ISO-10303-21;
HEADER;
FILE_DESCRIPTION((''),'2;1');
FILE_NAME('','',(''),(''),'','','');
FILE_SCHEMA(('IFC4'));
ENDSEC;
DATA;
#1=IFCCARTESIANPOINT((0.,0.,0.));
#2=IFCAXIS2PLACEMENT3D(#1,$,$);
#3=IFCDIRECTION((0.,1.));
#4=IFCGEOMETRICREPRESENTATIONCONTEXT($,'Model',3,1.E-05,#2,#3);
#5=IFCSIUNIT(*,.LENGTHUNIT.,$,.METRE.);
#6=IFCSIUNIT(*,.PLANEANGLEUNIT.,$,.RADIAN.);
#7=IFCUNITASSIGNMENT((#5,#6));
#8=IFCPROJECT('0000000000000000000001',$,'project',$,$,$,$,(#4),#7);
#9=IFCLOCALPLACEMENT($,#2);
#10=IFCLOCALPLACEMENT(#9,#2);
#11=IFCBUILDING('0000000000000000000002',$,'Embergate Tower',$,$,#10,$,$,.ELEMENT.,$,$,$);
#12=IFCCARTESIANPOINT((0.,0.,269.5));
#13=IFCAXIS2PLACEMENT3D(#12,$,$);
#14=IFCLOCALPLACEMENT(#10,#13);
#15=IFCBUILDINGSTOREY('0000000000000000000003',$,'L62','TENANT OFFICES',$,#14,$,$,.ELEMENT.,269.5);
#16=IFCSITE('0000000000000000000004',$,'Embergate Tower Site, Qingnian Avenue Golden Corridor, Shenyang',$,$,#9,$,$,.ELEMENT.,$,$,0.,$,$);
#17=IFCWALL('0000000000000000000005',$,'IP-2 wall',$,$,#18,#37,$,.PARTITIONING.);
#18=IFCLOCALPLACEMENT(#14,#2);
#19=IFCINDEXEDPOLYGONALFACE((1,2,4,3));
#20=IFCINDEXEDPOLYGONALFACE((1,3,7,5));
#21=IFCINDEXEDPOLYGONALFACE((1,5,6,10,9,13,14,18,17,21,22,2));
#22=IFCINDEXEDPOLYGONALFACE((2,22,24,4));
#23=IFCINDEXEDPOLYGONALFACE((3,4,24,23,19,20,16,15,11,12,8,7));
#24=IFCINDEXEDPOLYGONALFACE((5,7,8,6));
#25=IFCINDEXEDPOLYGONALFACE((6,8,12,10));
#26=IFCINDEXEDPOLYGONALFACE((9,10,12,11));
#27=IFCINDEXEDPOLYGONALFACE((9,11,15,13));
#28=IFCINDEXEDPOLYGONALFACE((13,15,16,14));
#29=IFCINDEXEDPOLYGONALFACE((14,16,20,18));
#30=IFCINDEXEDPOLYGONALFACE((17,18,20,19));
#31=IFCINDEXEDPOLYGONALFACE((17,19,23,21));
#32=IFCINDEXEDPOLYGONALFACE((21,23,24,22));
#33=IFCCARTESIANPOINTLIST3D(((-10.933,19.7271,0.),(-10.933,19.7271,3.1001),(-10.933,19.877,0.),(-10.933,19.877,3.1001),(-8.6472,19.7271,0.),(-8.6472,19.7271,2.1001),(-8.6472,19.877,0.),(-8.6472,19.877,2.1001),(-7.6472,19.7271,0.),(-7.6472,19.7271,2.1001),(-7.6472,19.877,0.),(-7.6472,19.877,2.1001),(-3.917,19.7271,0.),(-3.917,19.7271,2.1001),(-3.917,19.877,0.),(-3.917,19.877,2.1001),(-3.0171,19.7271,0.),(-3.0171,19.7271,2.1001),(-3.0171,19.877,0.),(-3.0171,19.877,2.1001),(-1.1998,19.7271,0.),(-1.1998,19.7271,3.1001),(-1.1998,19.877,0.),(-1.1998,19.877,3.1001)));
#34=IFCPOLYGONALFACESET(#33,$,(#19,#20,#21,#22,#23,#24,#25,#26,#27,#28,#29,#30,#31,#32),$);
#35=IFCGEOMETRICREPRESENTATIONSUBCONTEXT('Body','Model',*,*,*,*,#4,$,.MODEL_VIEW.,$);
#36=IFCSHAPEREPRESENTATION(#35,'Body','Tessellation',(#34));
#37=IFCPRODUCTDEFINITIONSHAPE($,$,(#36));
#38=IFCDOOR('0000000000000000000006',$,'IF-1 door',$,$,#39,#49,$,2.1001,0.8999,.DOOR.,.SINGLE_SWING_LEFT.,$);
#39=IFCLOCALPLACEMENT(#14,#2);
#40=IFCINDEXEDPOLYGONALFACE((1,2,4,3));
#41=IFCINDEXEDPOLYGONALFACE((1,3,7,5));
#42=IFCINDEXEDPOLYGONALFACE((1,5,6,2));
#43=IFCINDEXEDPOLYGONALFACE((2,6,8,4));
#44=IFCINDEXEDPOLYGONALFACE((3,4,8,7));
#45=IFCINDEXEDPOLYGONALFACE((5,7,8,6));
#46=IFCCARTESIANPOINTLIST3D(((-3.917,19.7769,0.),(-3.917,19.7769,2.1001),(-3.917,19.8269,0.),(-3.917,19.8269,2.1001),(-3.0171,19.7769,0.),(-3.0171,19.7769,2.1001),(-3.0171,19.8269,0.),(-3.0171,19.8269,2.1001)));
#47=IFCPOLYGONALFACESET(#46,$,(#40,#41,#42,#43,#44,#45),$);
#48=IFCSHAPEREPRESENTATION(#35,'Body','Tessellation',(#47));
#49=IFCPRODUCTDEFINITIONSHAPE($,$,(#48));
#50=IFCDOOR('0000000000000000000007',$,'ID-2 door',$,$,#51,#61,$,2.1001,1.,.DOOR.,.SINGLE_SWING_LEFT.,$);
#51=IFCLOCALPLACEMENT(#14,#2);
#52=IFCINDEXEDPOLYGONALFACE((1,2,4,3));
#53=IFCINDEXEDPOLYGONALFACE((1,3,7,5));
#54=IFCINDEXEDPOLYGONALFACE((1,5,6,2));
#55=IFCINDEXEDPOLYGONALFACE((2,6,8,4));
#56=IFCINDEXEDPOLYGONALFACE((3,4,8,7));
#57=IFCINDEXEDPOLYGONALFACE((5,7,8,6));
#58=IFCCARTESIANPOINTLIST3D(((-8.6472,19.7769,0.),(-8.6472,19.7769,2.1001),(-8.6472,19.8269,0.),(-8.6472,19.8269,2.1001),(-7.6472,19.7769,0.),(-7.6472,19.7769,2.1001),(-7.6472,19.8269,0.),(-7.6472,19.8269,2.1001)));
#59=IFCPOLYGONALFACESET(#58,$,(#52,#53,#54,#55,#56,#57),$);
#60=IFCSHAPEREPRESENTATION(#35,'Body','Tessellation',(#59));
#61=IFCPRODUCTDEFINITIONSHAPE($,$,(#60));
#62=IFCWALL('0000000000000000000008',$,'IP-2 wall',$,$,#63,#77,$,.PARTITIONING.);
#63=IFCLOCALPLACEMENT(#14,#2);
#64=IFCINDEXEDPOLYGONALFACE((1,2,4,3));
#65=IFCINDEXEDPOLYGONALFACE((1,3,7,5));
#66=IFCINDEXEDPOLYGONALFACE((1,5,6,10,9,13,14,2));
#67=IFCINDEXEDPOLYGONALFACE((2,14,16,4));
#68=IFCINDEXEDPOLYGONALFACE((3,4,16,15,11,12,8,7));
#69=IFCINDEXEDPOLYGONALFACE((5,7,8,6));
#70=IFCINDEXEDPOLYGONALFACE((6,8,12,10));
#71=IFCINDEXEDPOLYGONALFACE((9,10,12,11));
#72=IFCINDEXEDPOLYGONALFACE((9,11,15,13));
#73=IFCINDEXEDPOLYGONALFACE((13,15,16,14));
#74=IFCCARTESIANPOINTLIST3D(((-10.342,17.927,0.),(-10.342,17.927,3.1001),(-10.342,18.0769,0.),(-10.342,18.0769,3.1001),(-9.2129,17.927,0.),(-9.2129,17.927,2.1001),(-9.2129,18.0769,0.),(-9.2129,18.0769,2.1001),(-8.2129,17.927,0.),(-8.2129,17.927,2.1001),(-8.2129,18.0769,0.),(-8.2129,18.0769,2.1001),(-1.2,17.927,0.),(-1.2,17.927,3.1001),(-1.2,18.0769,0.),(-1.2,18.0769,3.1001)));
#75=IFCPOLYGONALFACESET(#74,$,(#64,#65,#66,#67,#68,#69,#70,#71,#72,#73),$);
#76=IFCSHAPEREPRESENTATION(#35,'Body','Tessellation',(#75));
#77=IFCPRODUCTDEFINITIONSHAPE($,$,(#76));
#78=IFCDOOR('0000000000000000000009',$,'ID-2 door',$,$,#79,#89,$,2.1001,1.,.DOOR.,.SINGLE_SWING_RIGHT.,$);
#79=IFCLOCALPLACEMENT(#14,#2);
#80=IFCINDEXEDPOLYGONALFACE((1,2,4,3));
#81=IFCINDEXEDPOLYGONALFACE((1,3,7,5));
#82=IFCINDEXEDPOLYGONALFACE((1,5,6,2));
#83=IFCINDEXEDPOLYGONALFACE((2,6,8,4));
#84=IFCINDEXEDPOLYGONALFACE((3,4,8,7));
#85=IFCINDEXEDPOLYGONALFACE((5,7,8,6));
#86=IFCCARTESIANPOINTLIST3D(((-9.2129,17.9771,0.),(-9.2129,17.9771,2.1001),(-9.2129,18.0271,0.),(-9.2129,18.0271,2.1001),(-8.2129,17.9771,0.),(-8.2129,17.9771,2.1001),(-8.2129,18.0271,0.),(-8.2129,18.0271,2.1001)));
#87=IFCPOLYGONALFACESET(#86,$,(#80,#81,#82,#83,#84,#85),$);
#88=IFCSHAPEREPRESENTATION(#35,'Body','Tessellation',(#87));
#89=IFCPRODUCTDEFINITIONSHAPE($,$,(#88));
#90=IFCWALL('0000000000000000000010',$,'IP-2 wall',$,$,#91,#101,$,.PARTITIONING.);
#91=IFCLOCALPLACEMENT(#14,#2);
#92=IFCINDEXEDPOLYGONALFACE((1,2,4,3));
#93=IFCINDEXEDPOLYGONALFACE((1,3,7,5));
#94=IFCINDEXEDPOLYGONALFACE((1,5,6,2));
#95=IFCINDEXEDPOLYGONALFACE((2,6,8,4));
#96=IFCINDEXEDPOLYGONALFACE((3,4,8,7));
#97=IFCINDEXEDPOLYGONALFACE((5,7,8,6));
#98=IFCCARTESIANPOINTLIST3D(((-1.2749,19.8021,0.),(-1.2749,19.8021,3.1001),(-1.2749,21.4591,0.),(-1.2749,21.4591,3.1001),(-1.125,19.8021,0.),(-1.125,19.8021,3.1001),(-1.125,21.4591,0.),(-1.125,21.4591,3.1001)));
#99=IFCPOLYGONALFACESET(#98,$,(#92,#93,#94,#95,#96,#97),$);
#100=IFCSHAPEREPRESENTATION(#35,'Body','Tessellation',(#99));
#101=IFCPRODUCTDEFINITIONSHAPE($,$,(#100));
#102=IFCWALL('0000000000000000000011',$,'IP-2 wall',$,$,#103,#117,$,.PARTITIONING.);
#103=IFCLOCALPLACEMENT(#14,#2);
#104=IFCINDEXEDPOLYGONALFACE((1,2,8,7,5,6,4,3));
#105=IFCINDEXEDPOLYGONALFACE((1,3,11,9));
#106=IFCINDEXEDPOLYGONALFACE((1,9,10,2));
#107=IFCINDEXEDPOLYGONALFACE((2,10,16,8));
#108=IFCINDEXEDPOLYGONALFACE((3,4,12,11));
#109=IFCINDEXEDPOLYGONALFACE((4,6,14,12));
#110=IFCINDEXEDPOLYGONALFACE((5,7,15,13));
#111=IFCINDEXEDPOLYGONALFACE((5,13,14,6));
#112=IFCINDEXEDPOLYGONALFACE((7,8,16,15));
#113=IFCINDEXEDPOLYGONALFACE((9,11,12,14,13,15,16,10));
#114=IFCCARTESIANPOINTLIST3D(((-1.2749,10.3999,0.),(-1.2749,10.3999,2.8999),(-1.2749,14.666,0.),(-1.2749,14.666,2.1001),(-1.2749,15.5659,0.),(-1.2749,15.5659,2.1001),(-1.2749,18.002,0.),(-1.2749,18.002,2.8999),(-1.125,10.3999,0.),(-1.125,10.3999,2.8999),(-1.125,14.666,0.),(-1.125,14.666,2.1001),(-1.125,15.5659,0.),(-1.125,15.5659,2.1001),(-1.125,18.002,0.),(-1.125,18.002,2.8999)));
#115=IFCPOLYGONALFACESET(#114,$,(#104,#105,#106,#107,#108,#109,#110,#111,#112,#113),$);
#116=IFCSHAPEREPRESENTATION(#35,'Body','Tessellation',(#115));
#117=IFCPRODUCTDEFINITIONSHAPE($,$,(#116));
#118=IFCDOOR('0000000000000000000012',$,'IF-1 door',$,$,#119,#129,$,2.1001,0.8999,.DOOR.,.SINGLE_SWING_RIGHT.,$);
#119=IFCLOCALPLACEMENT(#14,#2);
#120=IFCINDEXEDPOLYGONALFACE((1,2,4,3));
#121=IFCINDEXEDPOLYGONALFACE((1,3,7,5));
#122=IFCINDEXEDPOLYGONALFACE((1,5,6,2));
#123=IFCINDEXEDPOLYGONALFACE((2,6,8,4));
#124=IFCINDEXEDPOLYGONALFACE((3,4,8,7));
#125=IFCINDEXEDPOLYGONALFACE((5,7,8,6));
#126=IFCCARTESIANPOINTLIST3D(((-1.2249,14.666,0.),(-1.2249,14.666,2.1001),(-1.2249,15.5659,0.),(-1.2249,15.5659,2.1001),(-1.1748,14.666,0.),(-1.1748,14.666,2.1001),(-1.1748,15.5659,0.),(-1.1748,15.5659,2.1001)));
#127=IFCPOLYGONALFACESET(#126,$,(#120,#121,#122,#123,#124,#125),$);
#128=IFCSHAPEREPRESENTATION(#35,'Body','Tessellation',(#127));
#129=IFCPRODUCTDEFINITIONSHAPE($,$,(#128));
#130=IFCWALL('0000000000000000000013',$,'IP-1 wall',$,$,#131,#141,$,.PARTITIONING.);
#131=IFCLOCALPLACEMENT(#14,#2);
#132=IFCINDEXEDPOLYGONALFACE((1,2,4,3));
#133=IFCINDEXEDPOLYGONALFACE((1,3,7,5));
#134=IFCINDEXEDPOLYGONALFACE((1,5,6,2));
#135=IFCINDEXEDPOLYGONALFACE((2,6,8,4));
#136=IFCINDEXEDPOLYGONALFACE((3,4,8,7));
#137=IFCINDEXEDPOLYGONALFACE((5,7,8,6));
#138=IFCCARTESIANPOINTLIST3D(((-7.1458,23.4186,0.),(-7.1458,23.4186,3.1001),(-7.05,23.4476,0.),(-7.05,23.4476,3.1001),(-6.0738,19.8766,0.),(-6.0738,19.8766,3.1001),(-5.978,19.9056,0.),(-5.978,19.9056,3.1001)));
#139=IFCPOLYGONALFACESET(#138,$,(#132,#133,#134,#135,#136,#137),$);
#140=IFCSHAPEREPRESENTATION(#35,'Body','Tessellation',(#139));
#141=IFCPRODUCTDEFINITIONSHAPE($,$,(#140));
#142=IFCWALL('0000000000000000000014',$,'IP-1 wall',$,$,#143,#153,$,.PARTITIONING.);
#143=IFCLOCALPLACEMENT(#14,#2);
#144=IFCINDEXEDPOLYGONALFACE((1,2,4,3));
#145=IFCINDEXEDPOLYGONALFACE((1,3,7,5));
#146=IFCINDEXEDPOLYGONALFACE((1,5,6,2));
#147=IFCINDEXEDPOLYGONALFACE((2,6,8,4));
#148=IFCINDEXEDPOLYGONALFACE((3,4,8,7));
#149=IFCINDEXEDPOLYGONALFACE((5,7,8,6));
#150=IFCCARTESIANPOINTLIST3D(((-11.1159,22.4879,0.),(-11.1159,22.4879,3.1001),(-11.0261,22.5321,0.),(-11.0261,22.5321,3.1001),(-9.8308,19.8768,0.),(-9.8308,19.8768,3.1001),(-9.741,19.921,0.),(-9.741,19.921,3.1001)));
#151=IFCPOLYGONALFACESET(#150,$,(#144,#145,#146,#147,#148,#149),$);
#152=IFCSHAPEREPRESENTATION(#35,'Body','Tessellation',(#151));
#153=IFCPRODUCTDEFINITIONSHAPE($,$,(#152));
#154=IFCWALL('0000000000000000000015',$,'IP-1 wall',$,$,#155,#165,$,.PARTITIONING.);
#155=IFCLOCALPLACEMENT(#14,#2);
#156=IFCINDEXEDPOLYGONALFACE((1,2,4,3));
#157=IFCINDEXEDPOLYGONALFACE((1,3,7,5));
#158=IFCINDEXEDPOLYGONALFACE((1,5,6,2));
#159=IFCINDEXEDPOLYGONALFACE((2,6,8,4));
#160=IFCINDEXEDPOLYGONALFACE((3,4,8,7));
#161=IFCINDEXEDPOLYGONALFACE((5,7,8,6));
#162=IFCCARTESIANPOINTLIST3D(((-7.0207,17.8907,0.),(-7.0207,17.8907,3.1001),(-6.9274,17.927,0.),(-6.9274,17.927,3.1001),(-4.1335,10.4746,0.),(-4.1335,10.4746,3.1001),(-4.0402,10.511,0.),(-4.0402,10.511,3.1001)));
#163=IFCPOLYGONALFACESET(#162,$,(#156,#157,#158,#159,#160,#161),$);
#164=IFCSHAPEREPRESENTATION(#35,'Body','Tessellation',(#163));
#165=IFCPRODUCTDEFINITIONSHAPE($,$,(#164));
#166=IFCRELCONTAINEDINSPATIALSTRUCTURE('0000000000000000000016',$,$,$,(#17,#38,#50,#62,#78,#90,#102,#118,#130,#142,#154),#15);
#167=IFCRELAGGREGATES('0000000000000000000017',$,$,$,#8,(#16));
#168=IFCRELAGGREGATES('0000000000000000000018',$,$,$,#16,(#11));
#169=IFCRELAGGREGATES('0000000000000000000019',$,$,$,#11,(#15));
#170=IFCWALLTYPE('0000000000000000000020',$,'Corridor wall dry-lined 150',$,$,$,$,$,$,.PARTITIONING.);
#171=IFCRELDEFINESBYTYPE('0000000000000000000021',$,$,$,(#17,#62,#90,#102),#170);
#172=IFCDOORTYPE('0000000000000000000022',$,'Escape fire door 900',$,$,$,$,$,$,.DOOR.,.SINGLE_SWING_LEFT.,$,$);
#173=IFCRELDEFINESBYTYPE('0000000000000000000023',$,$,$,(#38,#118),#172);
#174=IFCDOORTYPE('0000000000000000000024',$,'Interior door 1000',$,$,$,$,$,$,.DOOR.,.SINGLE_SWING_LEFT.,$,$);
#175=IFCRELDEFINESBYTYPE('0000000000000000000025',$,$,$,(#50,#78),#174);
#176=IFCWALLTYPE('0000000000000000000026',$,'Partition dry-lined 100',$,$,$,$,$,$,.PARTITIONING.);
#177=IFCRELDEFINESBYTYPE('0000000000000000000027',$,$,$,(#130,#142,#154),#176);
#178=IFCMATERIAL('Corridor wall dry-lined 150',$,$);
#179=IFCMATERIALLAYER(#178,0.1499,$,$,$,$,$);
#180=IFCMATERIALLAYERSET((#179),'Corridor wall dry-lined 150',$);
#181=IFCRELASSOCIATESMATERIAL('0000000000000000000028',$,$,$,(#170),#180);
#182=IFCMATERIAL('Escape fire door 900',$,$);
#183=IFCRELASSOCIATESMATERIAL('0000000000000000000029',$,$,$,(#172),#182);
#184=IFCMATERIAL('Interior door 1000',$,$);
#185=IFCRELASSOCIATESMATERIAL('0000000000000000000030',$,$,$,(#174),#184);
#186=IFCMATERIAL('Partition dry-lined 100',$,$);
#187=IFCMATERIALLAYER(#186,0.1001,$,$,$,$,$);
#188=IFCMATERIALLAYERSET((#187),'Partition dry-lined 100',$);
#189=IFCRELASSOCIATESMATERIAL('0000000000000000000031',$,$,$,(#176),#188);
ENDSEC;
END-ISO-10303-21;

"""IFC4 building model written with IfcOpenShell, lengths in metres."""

from ifc_helpers import new_model, si_unit, direction, frame, frame_2d, origin, place, context, subcontext, project, spatial, rectangle, extrude, source, transform, mapped, material, layer, layer_set, type_object, element, fill, save


model = new_model("IFC4")

# Units and contexts
model_context = context("Model", 3, precision=1e-05, world=origin(), true_north=direction((0.0, 1.0)))
body_context = subcontext(model_context, "Body", "Model", "MODEL_VIEW")
ifc_project = project(units=[si_unit("LENGTHUNIT", "METRE"), si_unit("PLANEANGLEUNIT", "RADIAN")], contexts=[model_context])

# Site, building, storey
site_placement = place(None, origin())
site = spatial("IfcSite", under=ifc_project, at=site_placement, Name="Embergate Tower Site, Qingnian Avenue Golden Corridor, Shenyang", CompositionType="ELEMENT", RefElevation=0.0)
building_placement = place(site_placement, origin())
building = spatial("IfcBuilding", under=site, at=building_placement, Name="Embergate Tower", CompositionType="ELEMENT")
storey_placement = place(building_placement, frame((0.0, 0.0, 269.5)))
storey = spatial("IfcBuildingStorey", under=building, at=storey_placement, Name="L62", Description="TENANT OFFICES", CompositionType="ELEMENT", Elevation=269.5)

# Shared definitions
ifc_material_1 = material(Name="Corridor wall dry-lined 150")
ifc_layer_1 = layer(ifc_material_1, 0.1499)
ifc_layer_set_1 = layer_set([ifc_layer_1], Name="Corridor wall dry-lined 150")
wall_type_1 = type_object("IfcWallType", Name="Corridor wall dry-lined 150", PredefinedType="PARTITIONING", material=ifc_layer_set_1)

# Wall, openings, doors
shared_shape_1 = source(origin(), body_context, "Body", "SweptSolid", [
    extrude(rectangle(XDim=0.8999, YDim=2.1001, at=frame_2d((0.45, 1.05))), frame((0.0, 0.085, 0.0), z_axis=(0.0, -1.0, 0.0), x_axis=(1.0, 0.0, 0.0)), (0.0, 0.0, 1.0), 0.1699),
])
shared_shape_2 = source(origin(), body_context, "Body", "SweptSolid", [
    extrude(rectangle(XDim=1.0, YDim=2.1001, at=frame_2d((0.5, 1.05))), frame((0.0, 0.085, 0.0), z_axis=(0.0, -1.0, 0.0), x_axis=(1.0, 0.0, 0.0)), (0.0, 0.0, 1.0), 0.1699),
])
ifc_material_2 = material(Name="Escape fire door 900")
door_type_1 = type_object("IfcDoorType", Name="Escape fire door 900", OperationType="SINGLE_SWING_LEFT", PredefinedType="DOOR", material=ifc_material_2)
shared_shape_3 = source(origin(), body_context, "Body", "SweptSolid", [
    extrude(rectangle(XDim=0.8999, YDim=2.1001, at=frame_2d((0.45, 1.05))), frame((0.0, 0.0249, 0.0), z_axis=(0.0, -1.0, 0.0), x_axis=(1.0, 0.0, 0.0)), (0.0, 0.0, 1.0), 0.05),
])
ifc_material_3 = material(Name="Interior door 1000")
door_type_2 = type_object("IfcDoorType", Name="Interior door 1000", OperationType="SINGLE_SWING_LEFT", PredefinedType="DOOR", material=ifc_material_3)
shared_shape_4 = source(origin(), body_context, "Body", "SweptSolid", [
    extrude(rectangle(XDim=1.0, YDim=2.1001, at=frame_2d((0.5, 1.05))), frame((0.0, 0.0249, 0.0), z_axis=(0.0, -1.0, 0.0), x_axis=(1.0, 0.0, 0.0)), (0.0, 0.0, 1.0), 0.05),
])
shared_shape_5 = source(origin(), body_context, "Body", "SweptSolid", [
    extrude(rectangle(XDim=9.7332, YDim=0.1499, at=frame_2d((4.8667, 0.0))), origin(), (0.0, 0.0, 1.0), 3.1001),
])
wall_1_placement = place(storey_placement, frame((-10.9331, 19.802, 0.0), z_axis=(0.0, 0.0, 1.0), x_axis=(1.0, 0.0, 0.0)))
wall_1 = element("IfcWall", 1, at=wall_1_placement, inside=storey, type_object=wall_type_1, Name="IP-2 wall", PredefinedType="PARTITIONING", context=body_context, shape_type="MappedRepresentation", body=[
    mapped(shared_shape_5, transform((0.0, 0.0, 0.0))),
])
opening_1_placement = place(wall_1_placement, frame((7.0161, 0.0, 0.0)))
opening_1 = element("IfcOpeningElement", 2, at=opening_1_placement, cuts=wall_1, PredefinedType="OPENING", context=body_context, shape_type="MappedRepresentation", body=[
    mapped(shared_shape_1, transform((0.0, 0.0, 0.0))),
])
opening_2_placement = place(wall_1_placement, frame((2.2859, 0.0, 0.0)))
opening_2 = element("IfcOpeningElement", 3, at=opening_2_placement, cuts=wall_1, PredefinedType="OPENING", context=body_context, shape_type="MappedRepresentation", body=[
    mapped(shared_shape_2, transform((0.0, 0.0, 0.0))),
])
door_1_placement = place(opening_1_placement, origin())
door_1 = element("IfcDoor", 4, at=door_1_placement, inside=storey, type_object=door_type_1, Name="IF-1 door", OperationType="SINGLE_SWING_LEFT", OverallHeight=2.1001, OverallWidth=0.8999, PredefinedType="DOOR", context=body_context, shape_type="MappedRepresentation", body=[
    mapped(shared_shape_3, transform((0.0, 0.0, 0.0))),
])
fill(opening_1, door_1)
door_2_placement = place(opening_2_placement, origin())
door_2 = element("IfcDoor", 5, at=door_2_placement, inside=storey, type_object=door_type_2, Name="ID-2 door", OperationType="SINGLE_SWING_LEFT", OverallHeight=2.1001, OverallWidth=1.0, PredefinedType="DOOR", context=body_context, shape_type="MappedRepresentation", body=[
    mapped(shared_shape_4, transform((0.0, 0.0, 0.0))),
])
fill(opening_2, door_2)

# Wall, opening, door
shared_shape_6 = source(origin(), body_context, "Body", "SweptSolid", [
    extrude(rectangle(XDim=9.1421, YDim=0.1499, at=frame_2d((4.571, 0.0))), origin(), (0.0, 0.0, 1.0), 3.1001),
])
wall_2_placement = place(storey_placement, frame((-1.2, 18.002, 0.0), z_axis=(0.0, 0.0, 1.0), x_axis=(-1.0, 0.0, 0.0)))
wall_2 = element("IfcWall", 6, at=wall_2_placement, inside=storey, type_object=wall_type_1, Name="IP-2 wall", PredefinedType="PARTITIONING", context=body_context, shape_type="MappedRepresentation", body=[
    mapped(shared_shape_6, transform((0.0, 0.0, 0.0))),
])
opening_3_placement = place(wall_2_placement, frame((7.0129, 0.0, 0.0)))
opening_3 = element("IfcOpeningElement", 7, at=opening_3_placement, cuts=wall_2, PredefinedType="OPENING", context=body_context, shape_type="MappedRepresentation", body=[
    mapped(shared_shape_2, transform((0.0, 0.0, 0.0))),
])
door_3_placement = place(opening_3_placement, origin())
door_3 = element("IfcDoor", 8, at=door_3_placement, inside=storey, type_object=door_type_2, Name="ID-2 door", OperationType="SINGLE_SWING_RIGHT", OverallHeight=2.1001, OverallWidth=1.0, PredefinedType="DOOR", context=body_context, shape_type="MappedRepresentation", body=[
    mapped(shared_shape_4, transform((0.0, 0.0, 0.0))),
])
fill(opening_3, door_3)

# Wall
shared_shape_7 = source(origin(), body_context, "Body", "SweptSolid", [
    extrude(rectangle(XDim=1.657, YDim=0.1499, at=frame_2d((0.8286, 0.0))), origin(), (0.0, 0.0, 1.0), 3.1001),
])
wall_3_placement = place(storey_placement, frame((-1.2, 19.802, 0.0), z_axis=(0.0, 0.0, 1.0), x_axis=(0.0, 1.0, 0.0)))
element("IfcWall", 9, at=wall_3_placement, inside=storey, type_object=wall_type_1, Name="IP-2 wall", PredefinedType="PARTITIONING", context=body_context, shape_type="MappedRepresentation", body=[
    mapped(shared_shape_7, transform((0.0, 0.0, 0.0))),
])

# Wall, opening, door
shared_shape_8 = source(origin(), body_context, "Body", "SweptSolid", [
    extrude(rectangle(XDim=7.6021, YDim=0.1499, at=frame_2d((3.801, 0.0))), origin(), (0.0, 0.0, 1.0), 2.8999),
])
wall_4_placement = place(storey_placement, frame((-1.2, 10.3999, 0.0), z_axis=(0.0, 0.0, 1.0), x_axis=(0.0, 1.0, 0.0)))
wall_4 = element("IfcWall", 10, at=wall_4_placement, inside=storey, type_object=wall_type_1, Name="IP-2 wall", PredefinedType="PARTITIONING", context=body_context, shape_type="MappedRepresentation", body=[
    mapped(shared_shape_8, transform((0.0, 0.0, 0.0))),
])
opening_4_placement = place(wall_4_placement, frame((4.2661, 0.0, 0.0)))
opening_4 = element("IfcOpeningElement", 11, at=opening_4_placement, cuts=wall_4, PredefinedType="OPENING", context=body_context, shape_type="MappedRepresentation", body=[
    mapped(shared_shape_1, transform((0.0, 0.0, 0.0))),
])
door_4_placement = place(opening_4_placement, origin())
door_4 = element("IfcDoor", 12, at=door_4_placement, inside=storey, type_object=door_type_1, Name="IF-1 door", OperationType="SINGLE_SWING_RIGHT", OverallHeight=2.1001, OverallWidth=0.8999, PredefinedType="DOOR", context=body_context, shape_type="MappedRepresentation", body=[
    mapped(shared_shape_3, transform((0.0, 0.0, 0.0))),
])
fill(opening_4, door_4)

# Walls
ifc_material_4 = material(Name="Partition dry-lined 100")
ifc_layer_2 = layer(ifc_material_4, 0.1001)
ifc_layer_set_2 = layer_set([ifc_layer_2], Name="Partition dry-lined 100")
wall_type_2 = type_object("IfcWallType", Name="Partition dry-lined 100", PredefinedType="PARTITIONING", material=ifc_layer_set_2)
shared_shape_9 = source(origin(), body_context, "Body", "SweptSolid", [
    extrude(rectangle(XDim=3.7007, YDim=0.1001, at=frame_2d((1.8503, 0.0))), origin(), (0.0, 0.0, 1.0), 3.1001),
])
wall_5_placement = place(storey_placement, frame((-6.0259, 19.8911, 0.0), z_axis=(0.0, 0.0, 1.0), x_axis=(-0.289683, 0.957123, 0.0)))
element("IfcWall", 13, at=wall_5_placement, inside=storey, type_object=wall_type_2, Name="IP-1 wall", PredefinedType="PARTITIONING", context=body_context, shape_type="MappedRepresentation", body=[
    mapped(shared_shape_9, transform((0.0, 0.0, 0.0))),
])
shared_shape_10 = source(origin(), body_context, "Body", "SweptSolid", [
    extrude(rectangle(XDim=2.9102, YDim=0.1001, at=frame_2d((1.4551, 0.0))), origin(), (0.0, 0.0, 1.0), 3.1001),
])
wall_6_placement = place(storey_placement, frame((-9.7859, 19.8989, 0.0), z_axis=(0.0, 0.0, 1.0), x_axis=(-0.441601, 0.897212, 0.0)))
element("IfcWall", 14, at=wall_6_placement, inside=storey, type_object=wall_type_2, Name="IP-1 wall", PredefinedType="PARTITIONING", context=body_context, shape_type="MappedRepresentation", body=[
    mapped(shared_shape_10, transform((0.0, 0.0, 0.0))),
])
shared_shape_11 = source(origin(), body_context, "Body", "SweptSolid", [
    extrude(rectangle(XDim=7.9583, YDim=0.1001, at=frame_2d((3.979, 0.0))), origin(), (0.0, 0.0, 1.0), 3.1001),
])
wall_7_placement = place(storey_placement, frame((-4.0869, 10.4929, 0.0), z_axis=(0.0, 0.0, 1.0), x_axis=(-0.362796, 0.931869, 0.0)))
element("IfcWall", 15, at=wall_7_placement, inside=storey, type_object=wall_type_2, Name="IP-1 wall", PredefinedType="PARTITIONING", context=body_context, shape_type="MappedRepresentation", body=[
    mapped(shared_shape_11, transform((0.0, 0.0, 0.0))),
])

save(model, "model.ifc")
